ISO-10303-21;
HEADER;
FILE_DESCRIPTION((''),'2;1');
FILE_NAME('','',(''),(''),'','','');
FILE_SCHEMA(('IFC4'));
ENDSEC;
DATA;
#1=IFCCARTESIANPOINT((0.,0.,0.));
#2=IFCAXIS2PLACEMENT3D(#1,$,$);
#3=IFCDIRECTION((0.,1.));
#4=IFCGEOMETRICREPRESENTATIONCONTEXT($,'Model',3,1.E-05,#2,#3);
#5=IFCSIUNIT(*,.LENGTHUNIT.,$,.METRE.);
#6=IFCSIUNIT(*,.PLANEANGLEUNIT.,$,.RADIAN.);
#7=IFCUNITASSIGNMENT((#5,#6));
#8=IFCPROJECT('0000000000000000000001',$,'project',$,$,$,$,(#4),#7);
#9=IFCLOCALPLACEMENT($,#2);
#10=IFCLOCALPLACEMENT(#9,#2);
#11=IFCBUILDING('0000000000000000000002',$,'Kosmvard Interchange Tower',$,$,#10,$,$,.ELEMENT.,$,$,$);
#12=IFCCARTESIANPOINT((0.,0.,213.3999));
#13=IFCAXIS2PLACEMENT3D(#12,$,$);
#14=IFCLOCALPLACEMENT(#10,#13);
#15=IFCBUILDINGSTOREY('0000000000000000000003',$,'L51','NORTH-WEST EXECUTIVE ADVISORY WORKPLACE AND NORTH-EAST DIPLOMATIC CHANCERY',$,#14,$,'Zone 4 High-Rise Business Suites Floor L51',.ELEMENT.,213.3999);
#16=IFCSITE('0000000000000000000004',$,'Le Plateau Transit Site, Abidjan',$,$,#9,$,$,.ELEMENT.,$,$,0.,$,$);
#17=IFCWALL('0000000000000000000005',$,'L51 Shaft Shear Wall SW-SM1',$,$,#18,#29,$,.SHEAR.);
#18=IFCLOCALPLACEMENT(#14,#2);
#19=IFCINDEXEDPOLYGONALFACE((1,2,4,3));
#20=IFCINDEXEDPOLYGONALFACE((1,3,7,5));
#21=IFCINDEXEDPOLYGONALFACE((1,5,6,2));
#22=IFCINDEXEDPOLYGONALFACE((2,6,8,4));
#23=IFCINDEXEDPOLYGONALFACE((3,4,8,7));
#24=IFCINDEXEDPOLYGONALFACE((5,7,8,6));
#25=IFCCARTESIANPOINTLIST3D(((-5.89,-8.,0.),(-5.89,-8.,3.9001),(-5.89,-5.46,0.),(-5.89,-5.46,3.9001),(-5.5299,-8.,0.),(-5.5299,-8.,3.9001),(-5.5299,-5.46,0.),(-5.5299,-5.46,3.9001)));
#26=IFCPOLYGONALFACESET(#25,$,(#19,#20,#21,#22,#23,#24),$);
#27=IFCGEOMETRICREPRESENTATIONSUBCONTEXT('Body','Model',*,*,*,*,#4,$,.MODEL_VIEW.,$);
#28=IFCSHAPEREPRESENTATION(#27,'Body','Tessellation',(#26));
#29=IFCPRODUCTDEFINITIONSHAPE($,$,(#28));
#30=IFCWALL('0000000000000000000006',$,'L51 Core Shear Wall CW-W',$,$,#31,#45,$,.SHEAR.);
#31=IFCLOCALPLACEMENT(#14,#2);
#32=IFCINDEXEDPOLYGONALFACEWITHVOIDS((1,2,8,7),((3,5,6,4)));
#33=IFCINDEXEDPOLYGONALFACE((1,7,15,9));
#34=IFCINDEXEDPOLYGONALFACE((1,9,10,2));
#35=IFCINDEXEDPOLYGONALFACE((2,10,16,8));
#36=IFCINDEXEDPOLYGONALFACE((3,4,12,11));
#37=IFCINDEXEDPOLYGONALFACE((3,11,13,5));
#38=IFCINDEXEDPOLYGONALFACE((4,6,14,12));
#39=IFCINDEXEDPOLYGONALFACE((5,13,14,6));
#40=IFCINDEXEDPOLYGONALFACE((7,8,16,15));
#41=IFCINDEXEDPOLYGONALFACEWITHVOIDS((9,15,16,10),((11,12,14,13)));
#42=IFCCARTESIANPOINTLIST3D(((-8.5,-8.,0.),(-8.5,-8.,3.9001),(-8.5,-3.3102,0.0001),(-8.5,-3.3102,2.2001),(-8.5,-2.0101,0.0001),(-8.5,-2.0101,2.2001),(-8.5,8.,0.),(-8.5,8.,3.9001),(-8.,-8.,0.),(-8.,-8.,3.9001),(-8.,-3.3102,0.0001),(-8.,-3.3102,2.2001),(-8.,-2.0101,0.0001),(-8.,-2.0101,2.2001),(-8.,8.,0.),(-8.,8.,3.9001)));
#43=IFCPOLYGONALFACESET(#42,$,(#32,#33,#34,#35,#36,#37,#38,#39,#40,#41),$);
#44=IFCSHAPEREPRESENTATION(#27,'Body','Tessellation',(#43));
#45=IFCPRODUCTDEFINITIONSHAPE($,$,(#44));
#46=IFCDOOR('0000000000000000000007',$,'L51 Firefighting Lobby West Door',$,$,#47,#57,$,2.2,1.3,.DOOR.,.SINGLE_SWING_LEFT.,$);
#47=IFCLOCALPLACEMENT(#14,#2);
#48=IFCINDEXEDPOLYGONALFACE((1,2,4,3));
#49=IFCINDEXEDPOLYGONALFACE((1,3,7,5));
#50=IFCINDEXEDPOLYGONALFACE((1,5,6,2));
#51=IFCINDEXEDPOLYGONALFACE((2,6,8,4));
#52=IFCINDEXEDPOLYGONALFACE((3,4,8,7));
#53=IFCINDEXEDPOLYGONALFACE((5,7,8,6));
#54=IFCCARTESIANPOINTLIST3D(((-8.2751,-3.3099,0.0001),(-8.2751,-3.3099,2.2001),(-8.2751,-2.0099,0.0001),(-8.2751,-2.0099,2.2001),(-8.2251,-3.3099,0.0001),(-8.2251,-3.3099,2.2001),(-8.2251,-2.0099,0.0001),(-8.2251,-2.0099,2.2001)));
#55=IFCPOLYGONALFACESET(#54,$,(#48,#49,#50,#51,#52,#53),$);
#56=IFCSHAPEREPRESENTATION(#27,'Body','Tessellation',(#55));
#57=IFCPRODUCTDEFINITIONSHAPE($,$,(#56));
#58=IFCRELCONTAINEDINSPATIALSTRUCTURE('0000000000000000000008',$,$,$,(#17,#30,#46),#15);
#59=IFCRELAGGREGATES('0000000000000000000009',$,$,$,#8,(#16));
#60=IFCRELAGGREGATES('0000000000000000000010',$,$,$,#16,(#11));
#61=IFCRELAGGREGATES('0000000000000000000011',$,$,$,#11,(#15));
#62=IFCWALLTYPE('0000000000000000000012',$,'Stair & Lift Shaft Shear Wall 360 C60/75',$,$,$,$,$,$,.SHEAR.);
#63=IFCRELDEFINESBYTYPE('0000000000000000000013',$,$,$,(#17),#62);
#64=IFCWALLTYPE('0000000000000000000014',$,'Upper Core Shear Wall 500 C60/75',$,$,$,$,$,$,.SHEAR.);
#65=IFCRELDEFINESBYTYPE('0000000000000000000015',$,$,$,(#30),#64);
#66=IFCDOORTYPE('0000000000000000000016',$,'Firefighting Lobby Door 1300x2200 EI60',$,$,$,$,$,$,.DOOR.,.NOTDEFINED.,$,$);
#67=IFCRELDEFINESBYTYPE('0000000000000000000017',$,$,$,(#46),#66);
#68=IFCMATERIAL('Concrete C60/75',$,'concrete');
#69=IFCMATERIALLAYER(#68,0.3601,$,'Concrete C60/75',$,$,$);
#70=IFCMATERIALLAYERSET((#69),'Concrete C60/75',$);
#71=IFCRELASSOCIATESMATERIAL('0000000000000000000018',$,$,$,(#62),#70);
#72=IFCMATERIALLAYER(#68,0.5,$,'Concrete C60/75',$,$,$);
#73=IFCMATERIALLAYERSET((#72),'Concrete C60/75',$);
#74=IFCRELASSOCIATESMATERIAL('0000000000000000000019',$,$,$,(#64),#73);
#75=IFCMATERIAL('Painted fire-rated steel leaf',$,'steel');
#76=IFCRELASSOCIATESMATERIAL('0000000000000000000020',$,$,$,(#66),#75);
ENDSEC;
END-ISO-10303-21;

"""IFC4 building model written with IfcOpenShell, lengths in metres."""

from ifc_helpers import new_model, si_unit, direction, frame, frame_2d, origin, place, context, subcontext, project, spatial, rectangle, extrude, source, transform, mapped, material, layer, layer_set, type_object, element, fill, save


model = new_model("IFC4")

# Units and contexts
model_context = context("Model", 3, precision=1e-05, world=origin(), true_north=direction((0.0, 1.0)))
body_context = subcontext(model_context, "Body", "Model", "MODEL_VIEW")
ifc_project = project(units=[si_unit("LENGTHUNIT", "METRE"), si_unit("PLANEANGLEUNIT", "RADIAN")], contexts=[model_context])

# Site, building, storey
site_placement = place(None, origin())
site = spatial("IfcSite", under=ifc_project, at=site_placement, Name="Le Plateau Transit Site, Abidjan", CompositionType="ELEMENT", RefElevation=0.0)
building_placement = place(site_placement, origin())
building = spatial("IfcBuilding", under=site, at=building_placement, Name="Kosmvard Interchange Tower", CompositionType="ELEMENT")
storey_placement = place(building_placement, frame((0.0, 0.0, 213.3999)))
storey = spatial("IfcBuildingStorey", under=building, at=storey_placement, Name="L51", Description="NORTH-WEST EXECUTIVE ADVISORY WORKPLACE AND NORTH-EAST DIPLOMATIC CHANCERY", LongName="Zone 4 High-Rise Business Suites Floor L51", CompositionType="ELEMENT", Elevation=213.3999)

# Shared definitions
ifc_material_1 = material(Name="Concrete C60/75", Category="concrete")

# Shared definitions
ifc_material_2 = material(Name="Painted fire-rated steel leaf", Category="steel")

# Shared definitions
ifc_layer_1 = layer(ifc_material_1, 0.3601, Name="Concrete C60/75")
ifc_layer_set_1 = layer_set([ifc_layer_1], Name="Concrete C60/75")
wall_type_1 = type_object("IfcWallType", Name="Stair & Lift Shaft Shear Wall 360 C60/75", PredefinedType="SHEAR", material=ifc_layer_set_1)

# Wall
wall_1_placement = place(storey_placement, frame((-5.71, -8.0, 0.0), z_axis=(0.0, 0.0, 1.0), x_axis=(0.0, 1.0, 0.0)))
element("IfcWall", 1, at=wall_1_placement, inside=storey, type_object=wall_type_1, Name="L51 Shaft Shear Wall SW-SM1", PredefinedType="SHEAR", context=body_context, shape_type="SweptSolid", body=[
    extrude(rectangle(XDim=2.54, YDim=0.3601, at=frame_2d((1.27, 0.0))), origin(), (0.0, 0.0, 1.0), 3.9001),
])

# Wall, opening, door
ifc_layer_2 = layer(ifc_material_1, 0.5, Name="Concrete C60/75")
ifc_layer_set_2 = layer_set([ifc_layer_2], Name="Concrete C60/75")
wall_type_2 = type_object("IfcWallType", Name="Upper Core Shear Wall 500 C60/75", PredefinedType="SHEAR", material=ifc_layer_set_2)
wall_2_placement = place(storey_placement, frame((-8.25, -8.0, 0.0), z_axis=(0.0, 0.0, 1.0), x_axis=(0.0, 1.0, 0.0)))
wall_2 = element("IfcWall", 2, at=wall_2_placement, inside=storey, type_object=wall_type_2, Name="L51 Core Shear Wall CW-W", PredefinedType="SHEAR", context=body_context, shape_type="SweptSolid", body=[
    extrude(rectangle(XDim=16.0, YDim=0.5, at=frame_2d((8.0, 0.0))), origin(), (0.0, 0.0, 1.0), 3.9001),
])
opening_1_placement = place(wall_2_placement, frame((4.6899, 0.0, 0.0)))
opening_1 = element("IfcOpeningElement", 3, at=opening_1_placement, cuts=wall_2, PredefinedType="OPENING", context=body_context, shape_type="SweptSolid", body=[
    extrude(rectangle(XDim=1.3, YDim=2.2, at=frame_2d((0.6499, 1.1001))), frame((0.0, 0.26, 0.0), z_axis=(0.0, -1.0, 0.0), x_axis=(1.0, 0.0, 0.0)), (0.0, 0.0, 1.0), 0.52),
])
door_type_1 = type_object("IfcDoorType", Name="Firefighting Lobby Door 1300x2200 EI60", OperationType="NOTDEFINED", PredefinedType="DOOR", material=ifc_material_2)
shared_shape_1 = source(origin(), body_context, "Body", "SweptSolid", [
    extrude(rectangle(XDim=1.3, YDim=2.2, at=frame_2d((0.6499, 1.1001))), frame((0.0, 0.0249, 0.0), z_axis=(0.0, -1.0, 0.0), x_axis=(1.0, 0.0, 0.0)), (0.0, 0.0, 1.0), 0.05),
])
door_1_placement = place(opening_1_placement, frame((1.3, 0.0, 0.0), z_axis=(0.0, 0.0, 1.0), x_axis=(-1.0, 0.0, 0.0)))
door_1 = element("IfcDoor", 4, at=door_1_placement, inside=storey, type_object=door_type_1, Name="L51 Firefighting Lobby West Door", OperationType="SINGLE_SWING_LEFT", OverallHeight=2.2, OverallWidth=1.3, PredefinedType="DOOR", context=body_context, shape_type="MappedRepresentation", body=[
    mapped(shared_shape_1, transform((0.0, 0.0, 0.0), scale=1.0)),
])
fill(opening_1, door_1)

save(model, "model.ifc")
